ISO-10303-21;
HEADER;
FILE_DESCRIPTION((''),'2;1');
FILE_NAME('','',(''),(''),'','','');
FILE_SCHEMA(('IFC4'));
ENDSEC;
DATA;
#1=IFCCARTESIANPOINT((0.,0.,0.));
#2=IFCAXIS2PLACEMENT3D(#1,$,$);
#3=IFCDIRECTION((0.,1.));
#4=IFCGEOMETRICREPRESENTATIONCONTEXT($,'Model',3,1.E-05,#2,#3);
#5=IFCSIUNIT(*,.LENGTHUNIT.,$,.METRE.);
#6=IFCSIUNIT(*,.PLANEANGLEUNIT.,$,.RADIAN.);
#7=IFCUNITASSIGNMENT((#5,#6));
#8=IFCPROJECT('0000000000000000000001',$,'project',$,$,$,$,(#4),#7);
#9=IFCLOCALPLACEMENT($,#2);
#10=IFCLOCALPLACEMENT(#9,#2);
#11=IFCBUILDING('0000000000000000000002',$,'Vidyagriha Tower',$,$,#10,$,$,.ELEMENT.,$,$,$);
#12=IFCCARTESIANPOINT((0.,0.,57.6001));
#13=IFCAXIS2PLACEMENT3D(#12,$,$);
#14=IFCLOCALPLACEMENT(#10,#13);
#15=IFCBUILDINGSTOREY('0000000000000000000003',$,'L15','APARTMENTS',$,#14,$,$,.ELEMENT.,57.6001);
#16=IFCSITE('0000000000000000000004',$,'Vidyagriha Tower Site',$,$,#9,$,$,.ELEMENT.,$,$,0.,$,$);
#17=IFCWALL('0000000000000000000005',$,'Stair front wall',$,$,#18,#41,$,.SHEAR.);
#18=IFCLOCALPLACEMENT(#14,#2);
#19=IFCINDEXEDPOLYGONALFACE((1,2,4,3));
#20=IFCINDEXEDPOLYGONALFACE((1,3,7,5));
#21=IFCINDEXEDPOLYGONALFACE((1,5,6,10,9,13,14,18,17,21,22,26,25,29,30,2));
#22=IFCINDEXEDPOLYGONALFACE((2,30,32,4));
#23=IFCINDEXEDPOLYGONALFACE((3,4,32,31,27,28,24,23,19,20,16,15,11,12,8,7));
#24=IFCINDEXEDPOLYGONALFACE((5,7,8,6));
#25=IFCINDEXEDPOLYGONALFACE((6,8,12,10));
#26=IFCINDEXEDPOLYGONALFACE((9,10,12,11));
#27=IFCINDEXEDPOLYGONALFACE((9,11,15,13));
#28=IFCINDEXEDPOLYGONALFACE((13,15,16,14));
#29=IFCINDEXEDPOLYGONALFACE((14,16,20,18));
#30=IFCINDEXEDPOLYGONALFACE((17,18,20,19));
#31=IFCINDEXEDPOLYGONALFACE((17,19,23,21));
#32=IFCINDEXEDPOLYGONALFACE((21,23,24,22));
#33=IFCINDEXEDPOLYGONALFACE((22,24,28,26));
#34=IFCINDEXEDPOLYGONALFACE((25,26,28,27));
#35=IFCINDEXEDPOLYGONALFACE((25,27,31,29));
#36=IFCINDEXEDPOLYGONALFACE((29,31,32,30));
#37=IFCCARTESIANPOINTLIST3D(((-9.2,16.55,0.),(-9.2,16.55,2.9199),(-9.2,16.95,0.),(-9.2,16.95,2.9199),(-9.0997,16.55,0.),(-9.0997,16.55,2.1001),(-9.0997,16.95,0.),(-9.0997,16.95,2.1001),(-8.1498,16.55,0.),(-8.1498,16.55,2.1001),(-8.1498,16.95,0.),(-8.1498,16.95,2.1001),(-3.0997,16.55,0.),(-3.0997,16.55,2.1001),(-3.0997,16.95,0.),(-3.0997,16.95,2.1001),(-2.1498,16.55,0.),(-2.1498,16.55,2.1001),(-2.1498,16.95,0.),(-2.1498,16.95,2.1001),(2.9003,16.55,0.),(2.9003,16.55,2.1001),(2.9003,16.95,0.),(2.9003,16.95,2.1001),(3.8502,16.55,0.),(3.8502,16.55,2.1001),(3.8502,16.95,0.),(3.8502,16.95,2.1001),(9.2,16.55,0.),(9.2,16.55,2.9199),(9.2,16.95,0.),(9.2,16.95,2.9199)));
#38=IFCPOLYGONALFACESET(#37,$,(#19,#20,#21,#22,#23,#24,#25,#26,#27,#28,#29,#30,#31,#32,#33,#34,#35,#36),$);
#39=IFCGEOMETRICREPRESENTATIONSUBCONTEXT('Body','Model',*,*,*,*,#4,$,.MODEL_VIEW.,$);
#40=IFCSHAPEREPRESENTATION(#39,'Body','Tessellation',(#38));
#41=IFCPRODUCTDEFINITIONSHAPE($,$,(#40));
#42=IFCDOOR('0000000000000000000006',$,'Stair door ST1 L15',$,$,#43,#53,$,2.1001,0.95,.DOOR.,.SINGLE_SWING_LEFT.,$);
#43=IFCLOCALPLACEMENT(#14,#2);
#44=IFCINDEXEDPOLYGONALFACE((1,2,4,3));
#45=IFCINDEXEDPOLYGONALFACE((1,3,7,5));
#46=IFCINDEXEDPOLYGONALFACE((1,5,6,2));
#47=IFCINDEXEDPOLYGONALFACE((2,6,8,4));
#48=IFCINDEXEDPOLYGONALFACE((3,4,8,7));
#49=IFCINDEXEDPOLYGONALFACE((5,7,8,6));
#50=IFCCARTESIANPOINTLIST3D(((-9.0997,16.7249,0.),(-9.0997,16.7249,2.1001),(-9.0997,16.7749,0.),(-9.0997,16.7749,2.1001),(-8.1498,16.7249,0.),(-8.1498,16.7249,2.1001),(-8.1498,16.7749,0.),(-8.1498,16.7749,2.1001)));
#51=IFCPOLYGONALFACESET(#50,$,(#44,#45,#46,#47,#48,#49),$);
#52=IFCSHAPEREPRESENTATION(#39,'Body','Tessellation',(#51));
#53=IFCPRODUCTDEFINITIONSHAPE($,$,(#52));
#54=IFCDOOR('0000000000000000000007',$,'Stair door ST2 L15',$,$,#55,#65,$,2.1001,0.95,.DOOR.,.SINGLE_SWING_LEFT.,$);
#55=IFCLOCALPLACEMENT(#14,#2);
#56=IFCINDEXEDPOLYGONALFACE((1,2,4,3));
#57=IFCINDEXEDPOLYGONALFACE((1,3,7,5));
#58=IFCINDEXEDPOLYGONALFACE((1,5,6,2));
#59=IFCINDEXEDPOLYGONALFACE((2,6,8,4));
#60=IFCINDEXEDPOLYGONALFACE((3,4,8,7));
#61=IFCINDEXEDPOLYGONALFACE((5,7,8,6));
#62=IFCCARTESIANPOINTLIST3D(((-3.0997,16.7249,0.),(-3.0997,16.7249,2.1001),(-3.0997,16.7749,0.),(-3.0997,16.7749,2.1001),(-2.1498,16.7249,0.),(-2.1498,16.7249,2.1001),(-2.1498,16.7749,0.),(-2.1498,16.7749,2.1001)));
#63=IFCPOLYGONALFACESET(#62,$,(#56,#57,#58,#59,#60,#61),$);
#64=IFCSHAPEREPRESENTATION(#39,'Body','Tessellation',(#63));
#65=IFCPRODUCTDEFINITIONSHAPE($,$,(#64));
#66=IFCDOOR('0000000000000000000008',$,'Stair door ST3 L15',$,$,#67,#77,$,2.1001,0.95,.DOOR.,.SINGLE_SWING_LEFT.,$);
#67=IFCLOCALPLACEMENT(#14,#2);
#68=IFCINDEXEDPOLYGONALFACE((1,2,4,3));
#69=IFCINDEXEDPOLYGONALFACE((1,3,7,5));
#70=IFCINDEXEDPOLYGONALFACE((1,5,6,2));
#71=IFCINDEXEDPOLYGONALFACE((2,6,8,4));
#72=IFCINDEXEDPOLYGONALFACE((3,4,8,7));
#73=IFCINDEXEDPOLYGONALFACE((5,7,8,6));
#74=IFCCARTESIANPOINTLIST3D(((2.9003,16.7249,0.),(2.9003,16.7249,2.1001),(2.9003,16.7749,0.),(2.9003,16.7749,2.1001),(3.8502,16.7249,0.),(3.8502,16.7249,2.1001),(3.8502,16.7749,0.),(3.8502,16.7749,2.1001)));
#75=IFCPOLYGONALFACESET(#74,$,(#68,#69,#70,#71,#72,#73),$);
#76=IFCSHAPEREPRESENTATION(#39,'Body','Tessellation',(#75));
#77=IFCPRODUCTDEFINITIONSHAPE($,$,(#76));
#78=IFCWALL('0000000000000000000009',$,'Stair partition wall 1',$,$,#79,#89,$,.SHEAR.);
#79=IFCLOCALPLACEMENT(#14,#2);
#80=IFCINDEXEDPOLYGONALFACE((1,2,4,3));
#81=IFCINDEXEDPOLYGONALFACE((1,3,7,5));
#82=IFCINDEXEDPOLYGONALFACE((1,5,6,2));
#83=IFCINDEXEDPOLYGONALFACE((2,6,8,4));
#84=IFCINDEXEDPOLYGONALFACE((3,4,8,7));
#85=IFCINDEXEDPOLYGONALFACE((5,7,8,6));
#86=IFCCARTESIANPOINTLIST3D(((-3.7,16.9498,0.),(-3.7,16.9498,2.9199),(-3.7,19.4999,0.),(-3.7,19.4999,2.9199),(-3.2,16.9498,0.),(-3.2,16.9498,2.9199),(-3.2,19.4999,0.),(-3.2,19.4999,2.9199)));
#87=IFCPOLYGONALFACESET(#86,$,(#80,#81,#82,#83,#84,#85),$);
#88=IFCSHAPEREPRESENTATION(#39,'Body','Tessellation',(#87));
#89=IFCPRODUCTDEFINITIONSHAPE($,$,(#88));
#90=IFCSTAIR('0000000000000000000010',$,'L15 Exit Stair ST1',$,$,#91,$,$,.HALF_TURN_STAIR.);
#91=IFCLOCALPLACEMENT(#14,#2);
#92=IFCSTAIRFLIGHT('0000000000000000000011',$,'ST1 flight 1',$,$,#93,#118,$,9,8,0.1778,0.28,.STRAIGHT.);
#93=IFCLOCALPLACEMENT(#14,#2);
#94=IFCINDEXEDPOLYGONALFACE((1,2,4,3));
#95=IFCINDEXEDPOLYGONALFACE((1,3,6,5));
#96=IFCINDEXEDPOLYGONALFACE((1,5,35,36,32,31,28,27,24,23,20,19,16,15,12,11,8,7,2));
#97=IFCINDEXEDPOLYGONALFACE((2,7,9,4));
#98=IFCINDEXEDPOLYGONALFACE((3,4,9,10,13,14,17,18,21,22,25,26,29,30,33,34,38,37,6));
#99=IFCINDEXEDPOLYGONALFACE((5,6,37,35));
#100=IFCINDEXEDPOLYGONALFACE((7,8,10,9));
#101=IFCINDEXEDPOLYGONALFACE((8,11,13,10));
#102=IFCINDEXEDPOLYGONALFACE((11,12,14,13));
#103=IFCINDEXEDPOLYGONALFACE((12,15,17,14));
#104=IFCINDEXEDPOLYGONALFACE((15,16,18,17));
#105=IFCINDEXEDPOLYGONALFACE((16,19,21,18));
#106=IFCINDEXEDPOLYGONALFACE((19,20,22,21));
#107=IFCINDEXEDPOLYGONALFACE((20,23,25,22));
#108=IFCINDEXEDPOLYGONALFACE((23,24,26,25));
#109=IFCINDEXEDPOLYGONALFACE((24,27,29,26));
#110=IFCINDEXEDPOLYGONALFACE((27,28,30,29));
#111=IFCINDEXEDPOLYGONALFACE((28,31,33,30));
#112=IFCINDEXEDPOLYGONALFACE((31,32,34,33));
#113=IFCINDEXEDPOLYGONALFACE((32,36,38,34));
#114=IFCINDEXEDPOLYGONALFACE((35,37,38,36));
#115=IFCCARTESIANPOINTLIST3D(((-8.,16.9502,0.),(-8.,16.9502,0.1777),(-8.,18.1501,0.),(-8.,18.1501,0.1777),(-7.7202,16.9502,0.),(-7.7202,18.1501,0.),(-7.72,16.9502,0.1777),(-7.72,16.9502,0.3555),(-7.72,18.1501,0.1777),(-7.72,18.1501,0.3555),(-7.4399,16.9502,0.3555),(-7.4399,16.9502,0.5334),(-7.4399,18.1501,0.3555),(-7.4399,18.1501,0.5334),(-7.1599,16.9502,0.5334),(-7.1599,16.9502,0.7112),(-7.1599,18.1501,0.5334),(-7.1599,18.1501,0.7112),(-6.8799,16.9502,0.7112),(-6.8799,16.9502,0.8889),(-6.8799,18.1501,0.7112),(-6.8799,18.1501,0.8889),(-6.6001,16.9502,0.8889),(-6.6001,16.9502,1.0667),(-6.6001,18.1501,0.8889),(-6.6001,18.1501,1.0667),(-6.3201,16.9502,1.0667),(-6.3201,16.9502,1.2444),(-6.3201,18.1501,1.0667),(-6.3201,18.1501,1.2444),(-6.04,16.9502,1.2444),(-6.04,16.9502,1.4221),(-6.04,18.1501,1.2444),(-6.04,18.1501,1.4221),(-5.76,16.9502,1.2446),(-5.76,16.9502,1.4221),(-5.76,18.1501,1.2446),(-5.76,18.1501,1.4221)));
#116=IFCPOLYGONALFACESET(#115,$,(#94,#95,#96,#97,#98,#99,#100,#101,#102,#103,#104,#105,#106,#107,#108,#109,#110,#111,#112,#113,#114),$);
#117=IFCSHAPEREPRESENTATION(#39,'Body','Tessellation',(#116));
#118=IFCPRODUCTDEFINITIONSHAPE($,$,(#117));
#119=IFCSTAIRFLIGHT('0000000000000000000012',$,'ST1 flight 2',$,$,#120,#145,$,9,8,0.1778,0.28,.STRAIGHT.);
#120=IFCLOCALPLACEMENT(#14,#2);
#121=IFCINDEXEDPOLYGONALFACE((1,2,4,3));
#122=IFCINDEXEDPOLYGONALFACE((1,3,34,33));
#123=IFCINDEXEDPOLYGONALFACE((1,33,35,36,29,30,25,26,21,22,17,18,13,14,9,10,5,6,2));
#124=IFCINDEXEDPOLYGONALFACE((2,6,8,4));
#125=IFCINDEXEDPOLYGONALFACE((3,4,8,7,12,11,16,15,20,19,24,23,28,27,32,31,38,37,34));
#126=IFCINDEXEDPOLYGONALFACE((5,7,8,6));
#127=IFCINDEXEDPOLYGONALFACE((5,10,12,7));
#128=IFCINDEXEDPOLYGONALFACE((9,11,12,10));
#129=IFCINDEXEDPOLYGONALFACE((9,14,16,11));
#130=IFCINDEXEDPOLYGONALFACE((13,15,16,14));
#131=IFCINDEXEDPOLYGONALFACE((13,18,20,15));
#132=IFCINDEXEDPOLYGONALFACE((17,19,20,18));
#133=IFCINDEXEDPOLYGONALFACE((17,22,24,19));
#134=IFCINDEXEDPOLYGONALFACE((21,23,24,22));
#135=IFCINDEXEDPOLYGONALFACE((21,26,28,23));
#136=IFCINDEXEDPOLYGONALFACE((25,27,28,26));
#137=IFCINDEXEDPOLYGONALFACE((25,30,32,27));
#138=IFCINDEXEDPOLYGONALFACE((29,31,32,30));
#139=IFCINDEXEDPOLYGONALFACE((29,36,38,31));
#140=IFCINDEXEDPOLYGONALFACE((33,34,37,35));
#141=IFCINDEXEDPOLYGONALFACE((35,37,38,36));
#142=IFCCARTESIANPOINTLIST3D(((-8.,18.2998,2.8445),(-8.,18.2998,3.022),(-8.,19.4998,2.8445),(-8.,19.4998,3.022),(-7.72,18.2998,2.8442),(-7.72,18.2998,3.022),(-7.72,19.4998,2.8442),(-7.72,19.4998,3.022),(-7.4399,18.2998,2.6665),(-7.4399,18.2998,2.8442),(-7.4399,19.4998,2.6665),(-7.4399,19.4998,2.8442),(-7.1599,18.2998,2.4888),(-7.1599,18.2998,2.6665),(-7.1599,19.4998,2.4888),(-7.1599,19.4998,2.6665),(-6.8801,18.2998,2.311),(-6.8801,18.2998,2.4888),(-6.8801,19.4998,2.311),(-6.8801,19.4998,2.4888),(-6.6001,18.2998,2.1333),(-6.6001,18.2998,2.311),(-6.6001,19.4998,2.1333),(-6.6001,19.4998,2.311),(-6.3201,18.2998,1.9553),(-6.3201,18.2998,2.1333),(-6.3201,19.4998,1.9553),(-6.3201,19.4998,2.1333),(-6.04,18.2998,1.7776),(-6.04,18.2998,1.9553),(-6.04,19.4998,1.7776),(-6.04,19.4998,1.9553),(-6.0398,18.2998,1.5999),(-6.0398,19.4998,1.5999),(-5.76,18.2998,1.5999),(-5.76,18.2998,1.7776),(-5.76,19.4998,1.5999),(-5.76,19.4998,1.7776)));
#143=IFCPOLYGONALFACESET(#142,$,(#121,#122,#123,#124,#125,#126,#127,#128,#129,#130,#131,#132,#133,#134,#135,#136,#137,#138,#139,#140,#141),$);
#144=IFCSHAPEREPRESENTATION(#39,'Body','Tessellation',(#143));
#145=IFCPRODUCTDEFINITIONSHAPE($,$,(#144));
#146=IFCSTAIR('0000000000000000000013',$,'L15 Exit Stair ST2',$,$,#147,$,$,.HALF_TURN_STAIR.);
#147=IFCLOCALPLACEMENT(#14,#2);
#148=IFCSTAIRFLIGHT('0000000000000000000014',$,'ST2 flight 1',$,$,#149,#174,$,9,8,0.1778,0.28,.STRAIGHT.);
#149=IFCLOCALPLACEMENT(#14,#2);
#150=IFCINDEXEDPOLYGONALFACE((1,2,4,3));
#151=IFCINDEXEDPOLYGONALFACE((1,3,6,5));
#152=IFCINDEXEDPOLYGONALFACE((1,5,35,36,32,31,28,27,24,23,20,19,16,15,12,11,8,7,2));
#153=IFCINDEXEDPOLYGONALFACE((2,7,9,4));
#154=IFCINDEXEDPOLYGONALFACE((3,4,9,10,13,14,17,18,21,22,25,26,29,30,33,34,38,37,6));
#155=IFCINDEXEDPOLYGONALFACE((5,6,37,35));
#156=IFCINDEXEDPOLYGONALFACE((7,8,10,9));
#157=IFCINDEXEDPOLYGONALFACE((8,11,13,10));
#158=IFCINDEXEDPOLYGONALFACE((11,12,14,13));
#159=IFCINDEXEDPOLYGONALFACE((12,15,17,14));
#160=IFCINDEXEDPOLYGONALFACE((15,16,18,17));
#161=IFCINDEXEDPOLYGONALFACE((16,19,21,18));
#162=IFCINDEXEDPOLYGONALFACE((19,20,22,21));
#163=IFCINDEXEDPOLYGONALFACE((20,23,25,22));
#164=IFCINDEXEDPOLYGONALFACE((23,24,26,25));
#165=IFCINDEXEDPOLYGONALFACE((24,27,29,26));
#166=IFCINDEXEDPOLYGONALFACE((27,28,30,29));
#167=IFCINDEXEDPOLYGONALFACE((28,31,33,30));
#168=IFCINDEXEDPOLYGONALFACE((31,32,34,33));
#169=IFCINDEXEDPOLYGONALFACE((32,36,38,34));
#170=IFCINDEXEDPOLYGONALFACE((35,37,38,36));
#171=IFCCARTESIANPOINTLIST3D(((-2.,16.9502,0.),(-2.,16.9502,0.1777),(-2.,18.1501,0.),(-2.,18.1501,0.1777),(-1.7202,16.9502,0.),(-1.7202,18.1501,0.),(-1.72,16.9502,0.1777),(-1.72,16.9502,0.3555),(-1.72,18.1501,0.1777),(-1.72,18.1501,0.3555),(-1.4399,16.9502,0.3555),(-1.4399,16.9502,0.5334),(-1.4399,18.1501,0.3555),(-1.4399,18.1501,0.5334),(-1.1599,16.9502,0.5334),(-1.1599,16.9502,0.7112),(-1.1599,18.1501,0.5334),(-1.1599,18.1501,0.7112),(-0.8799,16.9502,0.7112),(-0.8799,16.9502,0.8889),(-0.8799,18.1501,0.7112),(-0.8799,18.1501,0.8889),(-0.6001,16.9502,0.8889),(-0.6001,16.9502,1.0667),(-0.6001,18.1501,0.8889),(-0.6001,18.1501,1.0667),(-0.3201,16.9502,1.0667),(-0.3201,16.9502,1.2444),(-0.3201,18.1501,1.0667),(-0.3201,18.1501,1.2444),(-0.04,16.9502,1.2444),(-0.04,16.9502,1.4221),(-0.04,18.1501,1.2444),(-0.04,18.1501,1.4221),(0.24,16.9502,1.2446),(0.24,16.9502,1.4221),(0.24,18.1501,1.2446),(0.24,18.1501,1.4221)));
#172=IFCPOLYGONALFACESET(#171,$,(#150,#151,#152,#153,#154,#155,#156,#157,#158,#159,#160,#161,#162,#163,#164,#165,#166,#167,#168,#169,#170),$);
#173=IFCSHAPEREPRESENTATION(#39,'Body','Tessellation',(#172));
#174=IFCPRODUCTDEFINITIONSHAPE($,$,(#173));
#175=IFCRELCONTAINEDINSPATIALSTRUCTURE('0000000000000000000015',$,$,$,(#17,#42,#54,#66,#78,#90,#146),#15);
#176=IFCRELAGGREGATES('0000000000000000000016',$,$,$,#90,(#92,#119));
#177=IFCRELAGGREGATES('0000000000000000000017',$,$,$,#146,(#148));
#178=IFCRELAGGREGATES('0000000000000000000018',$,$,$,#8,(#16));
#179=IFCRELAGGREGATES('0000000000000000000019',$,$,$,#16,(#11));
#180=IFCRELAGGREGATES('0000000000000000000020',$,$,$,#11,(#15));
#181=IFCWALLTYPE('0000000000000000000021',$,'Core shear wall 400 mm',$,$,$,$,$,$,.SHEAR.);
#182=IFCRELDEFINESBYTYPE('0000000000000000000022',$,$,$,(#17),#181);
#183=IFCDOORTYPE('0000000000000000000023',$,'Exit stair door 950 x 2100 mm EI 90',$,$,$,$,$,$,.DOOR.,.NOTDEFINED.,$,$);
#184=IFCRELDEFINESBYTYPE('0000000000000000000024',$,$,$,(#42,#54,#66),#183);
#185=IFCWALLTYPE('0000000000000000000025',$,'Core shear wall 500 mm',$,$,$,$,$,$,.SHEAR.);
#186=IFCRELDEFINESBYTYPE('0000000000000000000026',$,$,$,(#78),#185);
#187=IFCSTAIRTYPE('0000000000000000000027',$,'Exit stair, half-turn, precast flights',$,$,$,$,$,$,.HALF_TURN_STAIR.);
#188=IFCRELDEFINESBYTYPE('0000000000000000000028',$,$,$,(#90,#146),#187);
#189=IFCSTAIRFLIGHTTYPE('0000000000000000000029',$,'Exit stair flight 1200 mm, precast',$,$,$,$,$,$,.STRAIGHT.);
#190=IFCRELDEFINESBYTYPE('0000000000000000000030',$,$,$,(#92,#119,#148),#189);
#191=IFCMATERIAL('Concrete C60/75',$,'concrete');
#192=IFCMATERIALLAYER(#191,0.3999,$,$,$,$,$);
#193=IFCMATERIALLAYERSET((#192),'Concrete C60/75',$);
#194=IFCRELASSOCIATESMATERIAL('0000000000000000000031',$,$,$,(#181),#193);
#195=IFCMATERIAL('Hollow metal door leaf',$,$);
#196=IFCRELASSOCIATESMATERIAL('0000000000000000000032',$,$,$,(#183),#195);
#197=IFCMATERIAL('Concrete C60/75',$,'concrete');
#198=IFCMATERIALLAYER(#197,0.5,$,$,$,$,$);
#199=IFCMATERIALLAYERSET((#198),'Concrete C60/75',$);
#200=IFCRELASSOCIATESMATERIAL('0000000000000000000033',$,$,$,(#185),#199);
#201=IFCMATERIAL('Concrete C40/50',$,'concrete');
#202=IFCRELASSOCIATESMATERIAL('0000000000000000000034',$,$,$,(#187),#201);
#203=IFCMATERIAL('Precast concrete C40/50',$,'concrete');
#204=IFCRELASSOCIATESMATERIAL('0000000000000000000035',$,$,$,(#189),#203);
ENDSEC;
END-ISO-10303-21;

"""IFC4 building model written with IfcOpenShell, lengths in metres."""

from ifc_helpers import new_model, si_unit, direction, frame, frame_2d, origin, place, context, subcontext, project, spatial, polyline, rectangle, outline, extrude, material, layer, layer_set, type_object, element, fill, aggregate, save


model = new_model("IFC4")

# Units and contexts
model_context = context("Model", 3, precision=1e-05, world=origin(), true_north=direction((0.0, 1.0)))
body_context = subcontext(model_context, "Body", "Model", "MODEL_VIEW")
ifc_project = project(units=[si_unit("LENGTHUNIT", "METRE"), si_unit("PLANEANGLEUNIT", "RADIAN")], contexts=[model_context])

# Site, building, storey
site_placement = place(None, origin())
site = spatial("IfcSite", under=ifc_project, at=site_placement, Name="Vidyagriha Tower Site", CompositionType="ELEMENT", RefElevation=0.0)
building_placement = place(site_placement, origin())
building = spatial("IfcBuilding", under=site, at=building_placement, Name="Vidyagriha Tower", CompositionType="ELEMENT")
storey_placement = place(building_placement, frame((0.0, 0.0, 57.6001)))
storey = spatial("IfcBuildingStorey", under=building, at=storey_placement, Name="L15", Description="APARTMENTS", CompositionType="ELEMENT", Elevation=57.6001)

# Shared definitions
ifc_material_1 = material(Name="Concrete C60/75", Category="concrete")
ifc_layer_1 = layer(ifc_material_1, 0.3999)
ifc_layer_set_1 = layer_set([ifc_layer_1], Name="Concrete C60/75")
wall_type_1 = type_object("IfcWallType", Name="Core shear wall 400 mm", PredefinedType="SHEAR", material=ifc_layer_set_1)

# Wall, openings, doors
wall_1_placement = place(storey_placement, frame((-9.2, 16.75, 0.0)))
wall_1 = element("IfcWall", 1, at=wall_1_placement, inside=storey, type_object=wall_type_1, Name="Stair front wall", PredefinedType="SHEAR", context=body_context, shape_type="SweptSolid", body=[
    extrude(rectangle(XDim=18.3999, YDim=0.3999, at=frame_2d((9.2, 0.0))), origin(), (0.0, 0.0, 1.0), 2.9199),
])
opening_1_placement = place(wall_1_placement, frame((0.1001, 0.0, 0.0)))
opening_1 = element("IfcOpeningElement", 2, at=opening_1_placement, cuts=wall_1, PredefinedType="OPENING", context=body_context, shape_type="SweptSolid", body=[
    extrude(rectangle(XDim=0.95, YDim=2.1001, at=frame_2d((0.4751, 1.05))), frame((0.0, 0.21, 0.0), z_axis=(0.0, -1.0, 0.0), x_axis=(1.0, 0.0, 0.0)), (0.0, 0.0, 1.0), 0.4199),
])
opening_2_placement = place(wall_1_placement, frame((6.1001, 0.0, 0.0)))
opening_2 = element("IfcOpeningElement", 3, at=opening_2_placement, cuts=wall_1, PredefinedType="OPENING", context=body_context, shape_type="SweptSolid", body=[
    extrude(rectangle(XDim=0.95, YDim=2.1001, at=frame_2d((0.4751, 1.05))), frame((0.0, 0.21, 0.0), z_axis=(0.0, -1.0, 0.0), x_axis=(1.0, 0.0, 0.0)), (0.0, 0.0, 1.0), 0.4199),
])
opening_3_placement = place(wall_1_placement, frame((12.1001, 0.0, 0.0)))
opening_3 = element("IfcOpeningElement", 4, at=opening_3_placement, cuts=wall_1, PredefinedType="OPENING", context=body_context, shape_type="SweptSolid", body=[
    extrude(rectangle(XDim=0.95, YDim=2.1001, at=frame_2d((0.4751, 1.05))), frame((0.0, 0.21, 0.0), z_axis=(0.0, -1.0, 0.0), x_axis=(1.0, 0.0, 0.0)), (0.0, 0.0, 1.0), 0.4199),
])
ifc_material_2 = material(Name="Hollow metal door leaf")
door_type = type_object("IfcDoorType", Name="Exit stair door 950 x 2100 mm EI 90", OperationType="NOTDEFINED", PredefinedType="DOOR", material=ifc_material_2)
door_1_placement = place(opening_1_placement, origin())
door_1 = element("IfcDoor", 5, at=door_1_placement, inside=storey, type_object=door_type, Name="Stair door ST1 L15", OperationType="SINGLE_SWING_LEFT", OverallHeight=2.1001, OverallWidth=0.95, PredefinedType="DOOR", context=body_context, shape_type="SweptSolid", body=[
    extrude(rectangle(XDim=0.95, YDim=2.1001, at=frame_2d((0.4751, 1.05))), frame((0.0, 0.0249, 0.0), z_axis=(0.0, -1.0, 0.0), x_axis=(1.0, 0.0, 0.0)), (0.0, 0.0, 1.0), 0.05),
])
fill(opening_1, door_1)
door_2_placement = place(opening_2_placement, origin())
door_2 = element("IfcDoor", 6, at=door_2_placement, inside=storey, type_object=door_type, Name="Stair door ST2 L15", OperationType="SINGLE_SWING_LEFT", OverallHeight=2.1001, OverallWidth=0.95, PredefinedType="DOOR", context=body_context, shape_type="SweptSolid", body=[
    extrude(rectangle(XDim=0.95, YDim=2.1001, at=frame_2d((0.4751, 1.05))), frame((0.0, 0.0249, 0.0), z_axis=(0.0, -1.0, 0.0), x_axis=(1.0, 0.0, 0.0)), (0.0, 0.0, 1.0), 0.05),
])
fill(opening_2, door_2)
door_3_placement = place(opening_3_placement, origin())
door_3 = element("IfcDoor", 7, at=door_3_placement, inside=storey, type_object=door_type, Name="Stair door ST3 L15", OperationType="SINGLE_SWING_LEFT", OverallHeight=2.1001, OverallWidth=0.95, PredefinedType="DOOR", context=body_context, shape_type="SweptSolid", body=[
    extrude(rectangle(XDim=0.95, YDim=2.1001, at=frame_2d((0.4751, 1.05))), frame((0.0, 0.0249, 0.0), z_axis=(0.0, -1.0, 0.0), x_axis=(1.0, 0.0, 0.0)), (0.0, 0.0, 1.0), 0.05),
])
fill(opening_3, door_3)

# Wall
ifc_material_3 = material(Name="Concrete C60/75", Category="concrete")
ifc_layer_2 = layer(ifc_material_3, 0.5)
ifc_layer_set_2 = layer_set([ifc_layer_2], Name="Concrete C60/75")
wall_type_2 = type_object("IfcWallType", Name="Core shear wall 500 mm", PredefinedType="SHEAR", material=ifc_layer_set_2)
wall_2_placement = place(storey_placement, frame((-3.45, 16.95, 0.0), z_axis=(0.0, 0.0, 1.0), x_axis=(0.0, 1.0, 0.0)))
element("IfcWall", 8, at=wall_2_placement, inside=storey, type_object=wall_type_2, Name="Stair partition wall 1", PredefinedType="SHEAR", context=body_context, shape_type="SweptSolid", body=[
    extrude(rectangle(XDim=2.55, YDim=0.5, at=frame_2d((1.2749, 0.0))), origin(), (0.0, 0.0, 1.0), 2.9199),
])

# Stair, stair flights
ifc_material_4 = material(Name="Concrete C40/50", Category="concrete")
stair_type = type_object("IfcStairType", Name="Exit stair, half-turn, precast flights", PredefinedType="HALF_TURN_STAIR", material=ifc_material_4)
stair_1_placement = place(storey_placement, origin())
stair_1 = element("IfcStair", 9, at=stair_1_placement, inside=storey, type_object=stair_type, Name="L15 Exit Stair ST1", PredefinedType="HALF_TURN_STAIR")
ifc_material_5 = material(Name="Precast concrete C40/50", Category="concrete")
stair_flight_type = type_object("IfcStairFlightType", Name="Exit stair flight 1200 mm, precast", PredefinedType="STRAIGHT", material=ifc_material_5)
stair_flight_1_placement = place(storey_placement, frame((-8.0, 17.55, 0.0)))
stair_flight_1 = element("IfcStairFlight", 10, at=stair_flight_1_placement, type_object=stair_flight_type, Name="ST1 flight 1", NumberOfRisers=9, NumberOfTreads=8, PredefinedType="STRAIGHT", RiserHeight=0.1778, TreadLength=0.28, context=body_context, shape_type="SweptSolid", body=[
    extrude(outline(polyline([(0.0, 0.0), (0.0, 0.1777), (0.28, 0.1777), (0.28, 0.3555), (0.5601, 0.3555), (0.5601, 0.5334), (0.8401, 0.5334), (0.8401, 0.7112), (1.1201, 0.7112), (1.1201, 0.8889), (1.3999, 0.8889), (1.3999, 1.0667), (1.6799, 1.0667), (1.6799, 1.2444), (1.96, 1.2444), (1.96, 1.4221), (2.24, 1.4221), (2.24, 1.6001), (2.24, 1.2446), (0.2798, 0.0), (0.0, 0.0)])), frame((0.0, 0.6001, 0.0), z_axis=(0.0, -1.0, 0.0), x_axis=(1.0, 0.0, 0.0)), (0.0, 0.0, 1.0), 1.2),
])
stair_flight_2_placement = place(storey_placement, frame((-5.76, 18.8999, 1.5999), z_axis=(0.0, 0.0, 1.0), x_axis=(-1.0, 0.0, 0.0)))
stair_flight_2 = element("IfcStairFlight", 11, at=stair_flight_2_placement, type_object=stair_flight_type, Name="ST1 flight 2", NumberOfRisers=9, NumberOfTreads=8, PredefinedType="STRAIGHT", RiserHeight=0.1778, TreadLength=0.28, context=body_context, shape_type="SweptSolid", body=[
    extrude(outline(polyline([(0.0, 0.0), (0.0, 0.1777), (0.28, 0.1777), (0.28, 0.3555), (0.5601, 0.3555), (0.5601, 0.5334), (0.8401, 0.5334), (0.8401, 0.7112), (1.1201, 0.7112), (1.1201, 0.8889), (1.3999, 0.8889), (1.3999, 1.0667), (1.6799, 1.0667), (1.6799, 1.2444), (1.96, 1.2444), (1.96, 1.4221), (2.24, 1.4221), (2.24, 1.6001), (2.24, 1.2446), (0.2798, 0.0), (0.0, 0.0)])), frame((0.0, 0.6001, 0.0), z_axis=(0.0, -1.0, 0.0), x_axis=(1.0, 0.0, 0.0)), (0.0, 0.0, 1.0), 1.2),
])
aggregate(stair_1, [stair_flight_1, stair_flight_2])

# Stair, stair flight
stair_2_placement = place(storey_placement, origin())
stair_2 = element("IfcStair", 12, at=stair_2_placement, inside=storey, type_object=stair_type, Name="L15 Exit Stair ST2", PredefinedType="HALF_TURN_STAIR")
stair_flight_3_placement = place(storey_placement, frame((-2.0, 17.55, 0.0)))
stair_flight_3 = element("IfcStairFlight", 13, at=stair_flight_3_placement, type_object=stair_flight_type, Name="ST2 flight 1", NumberOfRisers=9, NumberOfTreads=8, PredefinedType="STRAIGHT", RiserHeight=0.1778, TreadLength=0.28, context=body_context, shape_type="SweptSolid", body=[
    extrude(outline(polyline([(0.0, 0.0), (0.0, 0.1777), (0.28, 0.1777), (0.28, 0.3555), (0.5601, 0.3555), (0.5601, 0.5334), (0.8401, 0.5334), (0.8401, 0.7112), (1.1201, 0.7112), (1.1201, 0.8889), (1.3999, 0.8889), (1.3999, 1.0667), (1.6799, 1.0667), (1.6799, 1.2444), (1.96, 1.2444), (1.96, 1.4221), (2.24, 1.4221), (2.24, 1.6001), (2.24, 1.2446), (0.2798, 0.0), (0.0, 0.0)])), frame((0.0, 0.6001, 0.0), z_axis=(0.0, -1.0, 0.0), x_axis=(1.0, 0.0, 0.0)), (0.0, 0.0, 1.0), 1.2),
])
aggregate(stair_2, [stair_flight_3])

save(model, "model.ifc")
